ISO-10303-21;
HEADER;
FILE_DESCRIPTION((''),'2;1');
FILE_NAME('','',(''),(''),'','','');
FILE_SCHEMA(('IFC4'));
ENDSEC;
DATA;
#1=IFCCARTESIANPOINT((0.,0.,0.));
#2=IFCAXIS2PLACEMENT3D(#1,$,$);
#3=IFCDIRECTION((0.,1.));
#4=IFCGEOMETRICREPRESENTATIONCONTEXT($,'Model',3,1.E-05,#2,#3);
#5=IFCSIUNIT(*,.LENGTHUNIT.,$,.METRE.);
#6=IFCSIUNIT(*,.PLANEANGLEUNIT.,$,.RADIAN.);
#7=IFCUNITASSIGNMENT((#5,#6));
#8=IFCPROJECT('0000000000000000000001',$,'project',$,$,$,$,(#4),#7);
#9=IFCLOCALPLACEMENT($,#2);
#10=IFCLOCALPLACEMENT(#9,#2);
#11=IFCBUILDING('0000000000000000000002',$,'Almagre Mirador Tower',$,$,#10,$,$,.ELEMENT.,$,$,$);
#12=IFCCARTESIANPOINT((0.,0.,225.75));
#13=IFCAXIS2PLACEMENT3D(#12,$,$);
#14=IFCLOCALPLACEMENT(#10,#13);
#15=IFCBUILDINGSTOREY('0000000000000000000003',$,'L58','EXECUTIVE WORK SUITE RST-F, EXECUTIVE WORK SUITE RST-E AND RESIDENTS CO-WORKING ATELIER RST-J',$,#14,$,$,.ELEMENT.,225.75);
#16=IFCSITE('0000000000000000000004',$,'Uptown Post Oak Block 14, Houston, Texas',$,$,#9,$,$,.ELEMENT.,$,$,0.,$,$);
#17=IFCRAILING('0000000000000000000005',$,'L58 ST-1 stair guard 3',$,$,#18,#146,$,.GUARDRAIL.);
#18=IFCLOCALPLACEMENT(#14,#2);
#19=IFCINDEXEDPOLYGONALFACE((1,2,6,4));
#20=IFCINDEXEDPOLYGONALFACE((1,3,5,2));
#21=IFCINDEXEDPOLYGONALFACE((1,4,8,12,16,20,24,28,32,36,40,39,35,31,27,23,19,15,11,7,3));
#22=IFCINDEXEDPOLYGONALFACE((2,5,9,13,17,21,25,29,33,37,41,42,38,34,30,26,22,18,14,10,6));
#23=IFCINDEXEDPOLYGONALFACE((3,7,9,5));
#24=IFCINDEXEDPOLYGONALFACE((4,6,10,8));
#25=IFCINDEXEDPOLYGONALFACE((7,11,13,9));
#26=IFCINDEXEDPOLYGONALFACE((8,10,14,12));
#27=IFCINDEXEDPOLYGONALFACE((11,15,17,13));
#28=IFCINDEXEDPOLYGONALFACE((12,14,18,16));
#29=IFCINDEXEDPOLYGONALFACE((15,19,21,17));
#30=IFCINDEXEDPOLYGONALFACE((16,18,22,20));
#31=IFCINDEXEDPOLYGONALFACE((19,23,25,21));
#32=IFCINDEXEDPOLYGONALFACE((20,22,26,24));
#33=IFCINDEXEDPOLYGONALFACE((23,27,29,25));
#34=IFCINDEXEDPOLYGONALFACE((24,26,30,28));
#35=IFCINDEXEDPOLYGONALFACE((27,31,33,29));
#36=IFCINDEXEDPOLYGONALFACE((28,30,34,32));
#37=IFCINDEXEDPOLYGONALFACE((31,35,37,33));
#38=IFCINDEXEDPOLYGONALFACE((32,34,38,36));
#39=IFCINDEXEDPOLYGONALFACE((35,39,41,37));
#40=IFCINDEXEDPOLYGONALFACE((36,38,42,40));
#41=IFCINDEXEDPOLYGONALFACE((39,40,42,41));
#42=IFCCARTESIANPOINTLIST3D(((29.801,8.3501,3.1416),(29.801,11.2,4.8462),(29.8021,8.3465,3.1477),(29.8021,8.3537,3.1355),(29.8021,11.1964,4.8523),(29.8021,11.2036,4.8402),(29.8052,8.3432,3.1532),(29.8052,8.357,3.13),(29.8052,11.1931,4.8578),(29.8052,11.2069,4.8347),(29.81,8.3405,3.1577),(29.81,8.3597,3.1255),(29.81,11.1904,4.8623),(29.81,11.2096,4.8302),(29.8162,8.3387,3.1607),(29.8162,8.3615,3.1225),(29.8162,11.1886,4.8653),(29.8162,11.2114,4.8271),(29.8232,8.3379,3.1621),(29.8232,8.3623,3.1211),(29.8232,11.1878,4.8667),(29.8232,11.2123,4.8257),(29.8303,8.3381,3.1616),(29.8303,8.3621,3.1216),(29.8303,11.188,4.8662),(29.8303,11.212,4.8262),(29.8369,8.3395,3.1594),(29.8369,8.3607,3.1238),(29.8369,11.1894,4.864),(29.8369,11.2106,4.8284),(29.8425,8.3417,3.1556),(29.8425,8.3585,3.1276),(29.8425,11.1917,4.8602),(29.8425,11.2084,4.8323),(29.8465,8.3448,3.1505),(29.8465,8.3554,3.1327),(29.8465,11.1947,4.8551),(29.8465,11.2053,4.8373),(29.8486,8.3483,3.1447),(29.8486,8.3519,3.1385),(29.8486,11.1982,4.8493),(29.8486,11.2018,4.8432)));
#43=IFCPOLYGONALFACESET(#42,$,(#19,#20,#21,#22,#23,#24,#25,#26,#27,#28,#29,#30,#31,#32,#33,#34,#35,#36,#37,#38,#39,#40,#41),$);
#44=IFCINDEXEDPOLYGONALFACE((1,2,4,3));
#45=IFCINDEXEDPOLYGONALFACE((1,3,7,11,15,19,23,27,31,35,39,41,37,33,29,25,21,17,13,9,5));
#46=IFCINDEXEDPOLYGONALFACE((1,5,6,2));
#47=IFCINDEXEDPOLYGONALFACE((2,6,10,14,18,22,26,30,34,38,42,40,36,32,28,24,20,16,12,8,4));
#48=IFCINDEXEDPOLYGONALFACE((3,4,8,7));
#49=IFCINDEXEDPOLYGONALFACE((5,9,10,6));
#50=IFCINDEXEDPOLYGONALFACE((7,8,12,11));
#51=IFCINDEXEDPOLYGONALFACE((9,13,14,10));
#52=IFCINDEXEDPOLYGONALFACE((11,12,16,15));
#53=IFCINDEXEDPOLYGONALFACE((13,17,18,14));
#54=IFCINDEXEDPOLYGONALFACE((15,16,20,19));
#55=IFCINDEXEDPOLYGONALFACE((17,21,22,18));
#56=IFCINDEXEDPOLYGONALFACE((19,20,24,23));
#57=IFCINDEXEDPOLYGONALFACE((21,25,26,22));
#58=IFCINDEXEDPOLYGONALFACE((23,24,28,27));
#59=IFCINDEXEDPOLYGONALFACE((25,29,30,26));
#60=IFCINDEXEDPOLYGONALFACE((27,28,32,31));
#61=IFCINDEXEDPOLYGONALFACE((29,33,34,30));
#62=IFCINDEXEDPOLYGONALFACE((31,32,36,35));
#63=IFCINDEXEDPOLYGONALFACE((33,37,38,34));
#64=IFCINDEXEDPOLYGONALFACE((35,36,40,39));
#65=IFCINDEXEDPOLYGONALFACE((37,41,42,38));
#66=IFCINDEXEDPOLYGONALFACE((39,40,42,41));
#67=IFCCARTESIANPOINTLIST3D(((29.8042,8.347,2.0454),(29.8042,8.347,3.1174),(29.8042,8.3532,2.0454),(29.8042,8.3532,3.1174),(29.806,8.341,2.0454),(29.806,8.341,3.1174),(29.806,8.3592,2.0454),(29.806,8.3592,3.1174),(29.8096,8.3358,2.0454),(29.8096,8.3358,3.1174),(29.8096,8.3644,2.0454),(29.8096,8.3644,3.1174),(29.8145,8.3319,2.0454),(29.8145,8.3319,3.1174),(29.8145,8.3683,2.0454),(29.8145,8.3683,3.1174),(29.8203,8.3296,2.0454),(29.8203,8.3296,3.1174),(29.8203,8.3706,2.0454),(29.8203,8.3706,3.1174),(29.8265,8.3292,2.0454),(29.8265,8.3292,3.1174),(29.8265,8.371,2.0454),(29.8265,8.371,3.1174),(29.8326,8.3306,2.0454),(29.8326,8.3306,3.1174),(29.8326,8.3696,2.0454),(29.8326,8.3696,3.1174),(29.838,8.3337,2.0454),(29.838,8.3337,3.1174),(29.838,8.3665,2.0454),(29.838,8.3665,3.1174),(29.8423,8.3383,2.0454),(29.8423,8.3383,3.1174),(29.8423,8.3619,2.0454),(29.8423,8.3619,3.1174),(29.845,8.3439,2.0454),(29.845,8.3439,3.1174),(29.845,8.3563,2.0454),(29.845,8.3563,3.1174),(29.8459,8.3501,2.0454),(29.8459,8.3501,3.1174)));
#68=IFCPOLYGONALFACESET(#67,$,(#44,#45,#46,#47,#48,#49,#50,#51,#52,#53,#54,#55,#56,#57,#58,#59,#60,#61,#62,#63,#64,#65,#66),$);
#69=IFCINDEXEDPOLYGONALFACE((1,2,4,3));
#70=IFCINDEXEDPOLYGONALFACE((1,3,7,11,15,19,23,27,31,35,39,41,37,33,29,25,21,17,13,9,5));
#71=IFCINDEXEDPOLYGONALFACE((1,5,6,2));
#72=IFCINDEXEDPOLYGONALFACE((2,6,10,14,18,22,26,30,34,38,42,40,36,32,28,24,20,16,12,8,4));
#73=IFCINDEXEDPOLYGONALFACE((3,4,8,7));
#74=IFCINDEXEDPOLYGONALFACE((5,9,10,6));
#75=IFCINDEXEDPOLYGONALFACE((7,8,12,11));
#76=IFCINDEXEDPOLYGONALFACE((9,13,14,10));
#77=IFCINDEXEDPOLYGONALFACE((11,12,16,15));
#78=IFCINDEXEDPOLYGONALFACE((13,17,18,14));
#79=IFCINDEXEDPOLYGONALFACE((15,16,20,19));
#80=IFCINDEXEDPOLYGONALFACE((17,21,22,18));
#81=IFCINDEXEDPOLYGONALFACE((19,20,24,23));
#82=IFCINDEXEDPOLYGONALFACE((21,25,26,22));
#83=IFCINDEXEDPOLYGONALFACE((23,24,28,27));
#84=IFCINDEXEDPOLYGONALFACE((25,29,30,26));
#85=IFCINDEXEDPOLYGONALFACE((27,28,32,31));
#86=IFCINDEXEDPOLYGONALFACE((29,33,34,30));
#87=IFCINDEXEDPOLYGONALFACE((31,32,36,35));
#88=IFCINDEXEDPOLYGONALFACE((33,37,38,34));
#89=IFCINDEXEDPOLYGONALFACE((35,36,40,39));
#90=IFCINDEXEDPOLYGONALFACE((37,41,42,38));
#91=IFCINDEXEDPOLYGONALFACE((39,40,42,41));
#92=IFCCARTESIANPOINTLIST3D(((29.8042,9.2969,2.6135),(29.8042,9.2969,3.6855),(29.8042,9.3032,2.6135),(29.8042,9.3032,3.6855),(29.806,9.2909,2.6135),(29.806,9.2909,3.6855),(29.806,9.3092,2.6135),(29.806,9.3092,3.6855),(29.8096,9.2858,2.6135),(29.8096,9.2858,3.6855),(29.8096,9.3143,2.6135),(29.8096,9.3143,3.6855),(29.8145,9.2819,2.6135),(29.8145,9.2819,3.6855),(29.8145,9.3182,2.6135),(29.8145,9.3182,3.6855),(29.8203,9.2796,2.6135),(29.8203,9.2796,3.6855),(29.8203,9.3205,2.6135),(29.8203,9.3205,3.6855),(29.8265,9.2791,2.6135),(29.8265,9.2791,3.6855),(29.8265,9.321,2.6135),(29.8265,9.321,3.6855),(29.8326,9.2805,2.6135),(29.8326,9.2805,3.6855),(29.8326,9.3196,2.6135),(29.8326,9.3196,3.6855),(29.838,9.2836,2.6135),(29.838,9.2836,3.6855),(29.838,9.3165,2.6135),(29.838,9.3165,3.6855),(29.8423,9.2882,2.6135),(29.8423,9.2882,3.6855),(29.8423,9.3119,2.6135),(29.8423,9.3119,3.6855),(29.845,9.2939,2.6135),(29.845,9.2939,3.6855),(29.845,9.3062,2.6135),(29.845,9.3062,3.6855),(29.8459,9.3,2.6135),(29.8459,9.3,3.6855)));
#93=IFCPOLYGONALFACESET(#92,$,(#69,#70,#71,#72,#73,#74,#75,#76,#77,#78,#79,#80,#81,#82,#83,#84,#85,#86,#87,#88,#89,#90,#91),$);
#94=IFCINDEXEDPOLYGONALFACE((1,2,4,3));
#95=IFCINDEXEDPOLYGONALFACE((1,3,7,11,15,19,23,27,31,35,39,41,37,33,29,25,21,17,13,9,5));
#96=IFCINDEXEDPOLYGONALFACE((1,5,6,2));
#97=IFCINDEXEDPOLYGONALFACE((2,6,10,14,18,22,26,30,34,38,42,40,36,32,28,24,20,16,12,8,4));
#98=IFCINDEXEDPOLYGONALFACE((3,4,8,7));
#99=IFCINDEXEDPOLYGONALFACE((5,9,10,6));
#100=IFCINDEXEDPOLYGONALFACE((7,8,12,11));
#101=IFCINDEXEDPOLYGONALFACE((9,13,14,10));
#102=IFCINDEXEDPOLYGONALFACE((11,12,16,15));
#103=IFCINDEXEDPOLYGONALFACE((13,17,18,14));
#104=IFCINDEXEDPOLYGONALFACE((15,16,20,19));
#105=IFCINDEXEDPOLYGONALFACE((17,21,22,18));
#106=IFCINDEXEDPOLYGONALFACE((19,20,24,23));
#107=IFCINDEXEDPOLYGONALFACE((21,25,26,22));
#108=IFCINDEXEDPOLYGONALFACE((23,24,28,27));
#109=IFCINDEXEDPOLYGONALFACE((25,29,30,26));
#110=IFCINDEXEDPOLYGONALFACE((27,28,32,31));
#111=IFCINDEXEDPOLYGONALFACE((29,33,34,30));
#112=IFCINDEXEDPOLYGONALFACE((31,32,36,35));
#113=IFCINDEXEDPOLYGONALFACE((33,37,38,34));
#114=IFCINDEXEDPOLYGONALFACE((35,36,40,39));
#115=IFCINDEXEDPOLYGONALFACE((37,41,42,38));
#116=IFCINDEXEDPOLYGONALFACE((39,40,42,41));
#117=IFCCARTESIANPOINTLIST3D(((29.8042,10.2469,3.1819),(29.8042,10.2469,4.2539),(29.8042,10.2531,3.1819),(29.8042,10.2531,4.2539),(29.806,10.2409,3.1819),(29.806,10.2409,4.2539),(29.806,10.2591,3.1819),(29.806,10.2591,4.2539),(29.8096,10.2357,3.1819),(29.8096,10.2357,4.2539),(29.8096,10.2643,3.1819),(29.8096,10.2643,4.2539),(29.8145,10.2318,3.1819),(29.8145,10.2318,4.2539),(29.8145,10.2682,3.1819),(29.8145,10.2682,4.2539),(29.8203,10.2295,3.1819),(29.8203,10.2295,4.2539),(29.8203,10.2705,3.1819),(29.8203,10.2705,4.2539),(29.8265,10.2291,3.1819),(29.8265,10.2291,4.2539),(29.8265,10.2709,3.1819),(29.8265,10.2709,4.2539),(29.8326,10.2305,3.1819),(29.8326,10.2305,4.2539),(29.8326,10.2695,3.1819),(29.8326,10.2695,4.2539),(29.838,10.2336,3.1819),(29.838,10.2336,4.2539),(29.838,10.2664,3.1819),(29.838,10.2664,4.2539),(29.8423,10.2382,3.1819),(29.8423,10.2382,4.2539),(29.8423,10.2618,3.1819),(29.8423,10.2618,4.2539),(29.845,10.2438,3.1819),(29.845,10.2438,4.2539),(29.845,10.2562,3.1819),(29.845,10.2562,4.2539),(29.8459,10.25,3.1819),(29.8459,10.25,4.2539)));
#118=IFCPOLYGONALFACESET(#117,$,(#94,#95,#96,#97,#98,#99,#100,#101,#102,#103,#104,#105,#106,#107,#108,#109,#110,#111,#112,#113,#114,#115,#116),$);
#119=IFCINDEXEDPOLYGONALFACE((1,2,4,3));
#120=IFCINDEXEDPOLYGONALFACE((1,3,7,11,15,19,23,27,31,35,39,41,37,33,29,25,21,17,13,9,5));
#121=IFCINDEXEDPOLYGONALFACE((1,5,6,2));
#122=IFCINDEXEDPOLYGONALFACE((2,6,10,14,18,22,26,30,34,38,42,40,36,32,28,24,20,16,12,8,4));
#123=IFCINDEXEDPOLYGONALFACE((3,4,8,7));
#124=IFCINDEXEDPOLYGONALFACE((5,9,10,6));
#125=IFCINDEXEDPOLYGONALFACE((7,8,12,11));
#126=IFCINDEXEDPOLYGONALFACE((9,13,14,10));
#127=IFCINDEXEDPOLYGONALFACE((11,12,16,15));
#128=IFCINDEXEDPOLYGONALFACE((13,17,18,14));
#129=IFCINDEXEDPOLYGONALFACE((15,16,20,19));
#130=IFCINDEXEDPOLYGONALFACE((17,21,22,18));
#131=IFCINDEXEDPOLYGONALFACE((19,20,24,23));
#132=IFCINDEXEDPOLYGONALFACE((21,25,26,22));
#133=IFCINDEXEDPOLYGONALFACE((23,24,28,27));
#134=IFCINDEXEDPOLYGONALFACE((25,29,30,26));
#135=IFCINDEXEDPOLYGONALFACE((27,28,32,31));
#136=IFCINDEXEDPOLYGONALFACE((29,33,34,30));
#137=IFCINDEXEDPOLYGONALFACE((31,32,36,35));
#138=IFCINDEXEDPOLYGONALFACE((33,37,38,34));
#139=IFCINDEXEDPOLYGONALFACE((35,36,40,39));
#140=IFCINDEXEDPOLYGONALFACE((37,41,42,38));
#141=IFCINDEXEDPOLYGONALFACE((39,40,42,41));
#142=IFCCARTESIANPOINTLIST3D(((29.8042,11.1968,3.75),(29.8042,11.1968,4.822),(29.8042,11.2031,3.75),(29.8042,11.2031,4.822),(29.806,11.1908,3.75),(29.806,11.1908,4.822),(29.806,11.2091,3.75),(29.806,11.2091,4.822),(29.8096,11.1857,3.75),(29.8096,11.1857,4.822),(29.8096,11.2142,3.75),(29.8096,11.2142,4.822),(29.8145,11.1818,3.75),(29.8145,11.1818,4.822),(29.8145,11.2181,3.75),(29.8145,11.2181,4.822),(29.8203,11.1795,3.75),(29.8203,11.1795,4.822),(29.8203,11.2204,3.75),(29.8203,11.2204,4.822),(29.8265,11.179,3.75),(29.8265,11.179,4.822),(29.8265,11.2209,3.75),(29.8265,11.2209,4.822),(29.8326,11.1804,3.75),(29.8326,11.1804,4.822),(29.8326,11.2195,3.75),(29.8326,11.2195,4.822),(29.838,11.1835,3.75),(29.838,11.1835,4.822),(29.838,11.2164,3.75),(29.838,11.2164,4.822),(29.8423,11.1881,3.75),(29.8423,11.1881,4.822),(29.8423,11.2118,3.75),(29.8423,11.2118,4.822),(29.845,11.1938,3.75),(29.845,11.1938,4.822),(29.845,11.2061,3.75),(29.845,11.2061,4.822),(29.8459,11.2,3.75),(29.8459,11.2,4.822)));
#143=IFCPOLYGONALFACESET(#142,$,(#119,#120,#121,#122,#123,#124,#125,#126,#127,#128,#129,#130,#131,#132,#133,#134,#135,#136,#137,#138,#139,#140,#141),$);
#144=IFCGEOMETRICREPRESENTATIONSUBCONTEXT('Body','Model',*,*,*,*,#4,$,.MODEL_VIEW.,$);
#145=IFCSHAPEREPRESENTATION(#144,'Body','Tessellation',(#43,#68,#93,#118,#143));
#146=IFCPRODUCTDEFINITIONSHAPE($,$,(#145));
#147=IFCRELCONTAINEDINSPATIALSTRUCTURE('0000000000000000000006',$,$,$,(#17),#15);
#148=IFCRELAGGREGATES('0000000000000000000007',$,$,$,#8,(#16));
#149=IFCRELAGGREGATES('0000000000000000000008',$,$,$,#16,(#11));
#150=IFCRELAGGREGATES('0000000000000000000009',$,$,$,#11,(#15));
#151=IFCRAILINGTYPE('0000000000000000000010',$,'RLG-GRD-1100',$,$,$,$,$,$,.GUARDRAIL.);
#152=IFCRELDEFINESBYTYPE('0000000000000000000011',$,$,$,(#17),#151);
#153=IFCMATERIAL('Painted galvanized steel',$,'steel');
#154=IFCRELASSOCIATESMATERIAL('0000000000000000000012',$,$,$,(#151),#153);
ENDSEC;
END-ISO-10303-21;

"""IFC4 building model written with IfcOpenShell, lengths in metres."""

from ifc_helpers import new_model, si_unit, direction, frame, origin, origin_2d, place, context, subcontext, project, spatial, circle, extrude, material, type_object, element, save


model = new_model("IFC4")

# Units and contexts
model_context = context("Model", 3, precision=1e-05, world=origin(), true_north=direction((0.0, 1.0)))
body_context = subcontext(model_context, "Body", "Model", "MODEL_VIEW")
ifc_project = project(units=[si_unit("LENGTHUNIT", "METRE"), si_unit("PLANEANGLEUNIT", "RADIAN")], contexts=[model_context])

# Site, building, storey
site_placement = place(None, origin())
site = spatial("IfcSite", under=ifc_project, at=site_placement, Name="Uptown Post Oak Block 14, Houston, Texas", CompositionType="ELEMENT", RefElevation=0.0)
building_placement = place(site_placement, origin())
building = spatial("IfcBuilding", under=site, at=building_placement, Name="Almagre Mirador Tower", CompositionType="ELEMENT")
storey_placement = place(building_placement, frame((0.0, 0.0, 225.75)))
storey = spatial("IfcBuildingStorey", under=building, at=storey_placement, Name="L58", Description="EXECUTIVE WORK SUITE RST-F, EXECUTIVE WORK SUITE RST-E AND RESIDENTS CO-WORKING ATELIER RST-J", CompositionType="ELEMENT", Elevation=225.75)

# Railing
ifc_material_1 = material(Name="Painted galvanized steel", Category="steel")
railing_type = type_object("IfcRailingType", Name="RLG-GRD-1100", PredefinedType="GUARDRAIL", material=ifc_material_1)
railing_1_placement = place(storey_placement, frame((29.825, 8.3501, 2.0454)))
element("IfcRailing", 1, at=railing_1_placement, inside=storey, type_object=railing_type, Name="L58 ST-1 stair guard 3", PredefinedType="GUARDRAIL", context=body_context, shape_type="SweptSolid", body=[
    extrude(circle(Radius=0.0239, at=origin_2d()), frame((0.0, 0.0, 1.0962), z_axis=(0.0, 0.858199, 0.513317), x_axis=(-1.0, 0.0, 0.0)), (0.0, 0.0, 1.0), 3.3208),
    extrude(circle(Radius=0.021, at=origin_2d()), origin(), (0.0, 0.0, 1.0), 1.072),
    extrude(circle(Radius=0.021, at=origin_2d()), frame((0.0, 0.95, 0.5681)), (0.0, 0.0, 1.0), 1.072),
    extrude(circle(Radius=0.021, at=origin_2d()), frame((0.0, 1.8999, 1.1365)), (0.0, 0.0, 1.0), 1.072),
    extrude(circle(Radius=0.021, at=origin_2d()), frame((0.0, 2.8499, 1.7046)), (0.0, 0.0, 1.0), 1.072),
])

save(model, "model.ifc")
